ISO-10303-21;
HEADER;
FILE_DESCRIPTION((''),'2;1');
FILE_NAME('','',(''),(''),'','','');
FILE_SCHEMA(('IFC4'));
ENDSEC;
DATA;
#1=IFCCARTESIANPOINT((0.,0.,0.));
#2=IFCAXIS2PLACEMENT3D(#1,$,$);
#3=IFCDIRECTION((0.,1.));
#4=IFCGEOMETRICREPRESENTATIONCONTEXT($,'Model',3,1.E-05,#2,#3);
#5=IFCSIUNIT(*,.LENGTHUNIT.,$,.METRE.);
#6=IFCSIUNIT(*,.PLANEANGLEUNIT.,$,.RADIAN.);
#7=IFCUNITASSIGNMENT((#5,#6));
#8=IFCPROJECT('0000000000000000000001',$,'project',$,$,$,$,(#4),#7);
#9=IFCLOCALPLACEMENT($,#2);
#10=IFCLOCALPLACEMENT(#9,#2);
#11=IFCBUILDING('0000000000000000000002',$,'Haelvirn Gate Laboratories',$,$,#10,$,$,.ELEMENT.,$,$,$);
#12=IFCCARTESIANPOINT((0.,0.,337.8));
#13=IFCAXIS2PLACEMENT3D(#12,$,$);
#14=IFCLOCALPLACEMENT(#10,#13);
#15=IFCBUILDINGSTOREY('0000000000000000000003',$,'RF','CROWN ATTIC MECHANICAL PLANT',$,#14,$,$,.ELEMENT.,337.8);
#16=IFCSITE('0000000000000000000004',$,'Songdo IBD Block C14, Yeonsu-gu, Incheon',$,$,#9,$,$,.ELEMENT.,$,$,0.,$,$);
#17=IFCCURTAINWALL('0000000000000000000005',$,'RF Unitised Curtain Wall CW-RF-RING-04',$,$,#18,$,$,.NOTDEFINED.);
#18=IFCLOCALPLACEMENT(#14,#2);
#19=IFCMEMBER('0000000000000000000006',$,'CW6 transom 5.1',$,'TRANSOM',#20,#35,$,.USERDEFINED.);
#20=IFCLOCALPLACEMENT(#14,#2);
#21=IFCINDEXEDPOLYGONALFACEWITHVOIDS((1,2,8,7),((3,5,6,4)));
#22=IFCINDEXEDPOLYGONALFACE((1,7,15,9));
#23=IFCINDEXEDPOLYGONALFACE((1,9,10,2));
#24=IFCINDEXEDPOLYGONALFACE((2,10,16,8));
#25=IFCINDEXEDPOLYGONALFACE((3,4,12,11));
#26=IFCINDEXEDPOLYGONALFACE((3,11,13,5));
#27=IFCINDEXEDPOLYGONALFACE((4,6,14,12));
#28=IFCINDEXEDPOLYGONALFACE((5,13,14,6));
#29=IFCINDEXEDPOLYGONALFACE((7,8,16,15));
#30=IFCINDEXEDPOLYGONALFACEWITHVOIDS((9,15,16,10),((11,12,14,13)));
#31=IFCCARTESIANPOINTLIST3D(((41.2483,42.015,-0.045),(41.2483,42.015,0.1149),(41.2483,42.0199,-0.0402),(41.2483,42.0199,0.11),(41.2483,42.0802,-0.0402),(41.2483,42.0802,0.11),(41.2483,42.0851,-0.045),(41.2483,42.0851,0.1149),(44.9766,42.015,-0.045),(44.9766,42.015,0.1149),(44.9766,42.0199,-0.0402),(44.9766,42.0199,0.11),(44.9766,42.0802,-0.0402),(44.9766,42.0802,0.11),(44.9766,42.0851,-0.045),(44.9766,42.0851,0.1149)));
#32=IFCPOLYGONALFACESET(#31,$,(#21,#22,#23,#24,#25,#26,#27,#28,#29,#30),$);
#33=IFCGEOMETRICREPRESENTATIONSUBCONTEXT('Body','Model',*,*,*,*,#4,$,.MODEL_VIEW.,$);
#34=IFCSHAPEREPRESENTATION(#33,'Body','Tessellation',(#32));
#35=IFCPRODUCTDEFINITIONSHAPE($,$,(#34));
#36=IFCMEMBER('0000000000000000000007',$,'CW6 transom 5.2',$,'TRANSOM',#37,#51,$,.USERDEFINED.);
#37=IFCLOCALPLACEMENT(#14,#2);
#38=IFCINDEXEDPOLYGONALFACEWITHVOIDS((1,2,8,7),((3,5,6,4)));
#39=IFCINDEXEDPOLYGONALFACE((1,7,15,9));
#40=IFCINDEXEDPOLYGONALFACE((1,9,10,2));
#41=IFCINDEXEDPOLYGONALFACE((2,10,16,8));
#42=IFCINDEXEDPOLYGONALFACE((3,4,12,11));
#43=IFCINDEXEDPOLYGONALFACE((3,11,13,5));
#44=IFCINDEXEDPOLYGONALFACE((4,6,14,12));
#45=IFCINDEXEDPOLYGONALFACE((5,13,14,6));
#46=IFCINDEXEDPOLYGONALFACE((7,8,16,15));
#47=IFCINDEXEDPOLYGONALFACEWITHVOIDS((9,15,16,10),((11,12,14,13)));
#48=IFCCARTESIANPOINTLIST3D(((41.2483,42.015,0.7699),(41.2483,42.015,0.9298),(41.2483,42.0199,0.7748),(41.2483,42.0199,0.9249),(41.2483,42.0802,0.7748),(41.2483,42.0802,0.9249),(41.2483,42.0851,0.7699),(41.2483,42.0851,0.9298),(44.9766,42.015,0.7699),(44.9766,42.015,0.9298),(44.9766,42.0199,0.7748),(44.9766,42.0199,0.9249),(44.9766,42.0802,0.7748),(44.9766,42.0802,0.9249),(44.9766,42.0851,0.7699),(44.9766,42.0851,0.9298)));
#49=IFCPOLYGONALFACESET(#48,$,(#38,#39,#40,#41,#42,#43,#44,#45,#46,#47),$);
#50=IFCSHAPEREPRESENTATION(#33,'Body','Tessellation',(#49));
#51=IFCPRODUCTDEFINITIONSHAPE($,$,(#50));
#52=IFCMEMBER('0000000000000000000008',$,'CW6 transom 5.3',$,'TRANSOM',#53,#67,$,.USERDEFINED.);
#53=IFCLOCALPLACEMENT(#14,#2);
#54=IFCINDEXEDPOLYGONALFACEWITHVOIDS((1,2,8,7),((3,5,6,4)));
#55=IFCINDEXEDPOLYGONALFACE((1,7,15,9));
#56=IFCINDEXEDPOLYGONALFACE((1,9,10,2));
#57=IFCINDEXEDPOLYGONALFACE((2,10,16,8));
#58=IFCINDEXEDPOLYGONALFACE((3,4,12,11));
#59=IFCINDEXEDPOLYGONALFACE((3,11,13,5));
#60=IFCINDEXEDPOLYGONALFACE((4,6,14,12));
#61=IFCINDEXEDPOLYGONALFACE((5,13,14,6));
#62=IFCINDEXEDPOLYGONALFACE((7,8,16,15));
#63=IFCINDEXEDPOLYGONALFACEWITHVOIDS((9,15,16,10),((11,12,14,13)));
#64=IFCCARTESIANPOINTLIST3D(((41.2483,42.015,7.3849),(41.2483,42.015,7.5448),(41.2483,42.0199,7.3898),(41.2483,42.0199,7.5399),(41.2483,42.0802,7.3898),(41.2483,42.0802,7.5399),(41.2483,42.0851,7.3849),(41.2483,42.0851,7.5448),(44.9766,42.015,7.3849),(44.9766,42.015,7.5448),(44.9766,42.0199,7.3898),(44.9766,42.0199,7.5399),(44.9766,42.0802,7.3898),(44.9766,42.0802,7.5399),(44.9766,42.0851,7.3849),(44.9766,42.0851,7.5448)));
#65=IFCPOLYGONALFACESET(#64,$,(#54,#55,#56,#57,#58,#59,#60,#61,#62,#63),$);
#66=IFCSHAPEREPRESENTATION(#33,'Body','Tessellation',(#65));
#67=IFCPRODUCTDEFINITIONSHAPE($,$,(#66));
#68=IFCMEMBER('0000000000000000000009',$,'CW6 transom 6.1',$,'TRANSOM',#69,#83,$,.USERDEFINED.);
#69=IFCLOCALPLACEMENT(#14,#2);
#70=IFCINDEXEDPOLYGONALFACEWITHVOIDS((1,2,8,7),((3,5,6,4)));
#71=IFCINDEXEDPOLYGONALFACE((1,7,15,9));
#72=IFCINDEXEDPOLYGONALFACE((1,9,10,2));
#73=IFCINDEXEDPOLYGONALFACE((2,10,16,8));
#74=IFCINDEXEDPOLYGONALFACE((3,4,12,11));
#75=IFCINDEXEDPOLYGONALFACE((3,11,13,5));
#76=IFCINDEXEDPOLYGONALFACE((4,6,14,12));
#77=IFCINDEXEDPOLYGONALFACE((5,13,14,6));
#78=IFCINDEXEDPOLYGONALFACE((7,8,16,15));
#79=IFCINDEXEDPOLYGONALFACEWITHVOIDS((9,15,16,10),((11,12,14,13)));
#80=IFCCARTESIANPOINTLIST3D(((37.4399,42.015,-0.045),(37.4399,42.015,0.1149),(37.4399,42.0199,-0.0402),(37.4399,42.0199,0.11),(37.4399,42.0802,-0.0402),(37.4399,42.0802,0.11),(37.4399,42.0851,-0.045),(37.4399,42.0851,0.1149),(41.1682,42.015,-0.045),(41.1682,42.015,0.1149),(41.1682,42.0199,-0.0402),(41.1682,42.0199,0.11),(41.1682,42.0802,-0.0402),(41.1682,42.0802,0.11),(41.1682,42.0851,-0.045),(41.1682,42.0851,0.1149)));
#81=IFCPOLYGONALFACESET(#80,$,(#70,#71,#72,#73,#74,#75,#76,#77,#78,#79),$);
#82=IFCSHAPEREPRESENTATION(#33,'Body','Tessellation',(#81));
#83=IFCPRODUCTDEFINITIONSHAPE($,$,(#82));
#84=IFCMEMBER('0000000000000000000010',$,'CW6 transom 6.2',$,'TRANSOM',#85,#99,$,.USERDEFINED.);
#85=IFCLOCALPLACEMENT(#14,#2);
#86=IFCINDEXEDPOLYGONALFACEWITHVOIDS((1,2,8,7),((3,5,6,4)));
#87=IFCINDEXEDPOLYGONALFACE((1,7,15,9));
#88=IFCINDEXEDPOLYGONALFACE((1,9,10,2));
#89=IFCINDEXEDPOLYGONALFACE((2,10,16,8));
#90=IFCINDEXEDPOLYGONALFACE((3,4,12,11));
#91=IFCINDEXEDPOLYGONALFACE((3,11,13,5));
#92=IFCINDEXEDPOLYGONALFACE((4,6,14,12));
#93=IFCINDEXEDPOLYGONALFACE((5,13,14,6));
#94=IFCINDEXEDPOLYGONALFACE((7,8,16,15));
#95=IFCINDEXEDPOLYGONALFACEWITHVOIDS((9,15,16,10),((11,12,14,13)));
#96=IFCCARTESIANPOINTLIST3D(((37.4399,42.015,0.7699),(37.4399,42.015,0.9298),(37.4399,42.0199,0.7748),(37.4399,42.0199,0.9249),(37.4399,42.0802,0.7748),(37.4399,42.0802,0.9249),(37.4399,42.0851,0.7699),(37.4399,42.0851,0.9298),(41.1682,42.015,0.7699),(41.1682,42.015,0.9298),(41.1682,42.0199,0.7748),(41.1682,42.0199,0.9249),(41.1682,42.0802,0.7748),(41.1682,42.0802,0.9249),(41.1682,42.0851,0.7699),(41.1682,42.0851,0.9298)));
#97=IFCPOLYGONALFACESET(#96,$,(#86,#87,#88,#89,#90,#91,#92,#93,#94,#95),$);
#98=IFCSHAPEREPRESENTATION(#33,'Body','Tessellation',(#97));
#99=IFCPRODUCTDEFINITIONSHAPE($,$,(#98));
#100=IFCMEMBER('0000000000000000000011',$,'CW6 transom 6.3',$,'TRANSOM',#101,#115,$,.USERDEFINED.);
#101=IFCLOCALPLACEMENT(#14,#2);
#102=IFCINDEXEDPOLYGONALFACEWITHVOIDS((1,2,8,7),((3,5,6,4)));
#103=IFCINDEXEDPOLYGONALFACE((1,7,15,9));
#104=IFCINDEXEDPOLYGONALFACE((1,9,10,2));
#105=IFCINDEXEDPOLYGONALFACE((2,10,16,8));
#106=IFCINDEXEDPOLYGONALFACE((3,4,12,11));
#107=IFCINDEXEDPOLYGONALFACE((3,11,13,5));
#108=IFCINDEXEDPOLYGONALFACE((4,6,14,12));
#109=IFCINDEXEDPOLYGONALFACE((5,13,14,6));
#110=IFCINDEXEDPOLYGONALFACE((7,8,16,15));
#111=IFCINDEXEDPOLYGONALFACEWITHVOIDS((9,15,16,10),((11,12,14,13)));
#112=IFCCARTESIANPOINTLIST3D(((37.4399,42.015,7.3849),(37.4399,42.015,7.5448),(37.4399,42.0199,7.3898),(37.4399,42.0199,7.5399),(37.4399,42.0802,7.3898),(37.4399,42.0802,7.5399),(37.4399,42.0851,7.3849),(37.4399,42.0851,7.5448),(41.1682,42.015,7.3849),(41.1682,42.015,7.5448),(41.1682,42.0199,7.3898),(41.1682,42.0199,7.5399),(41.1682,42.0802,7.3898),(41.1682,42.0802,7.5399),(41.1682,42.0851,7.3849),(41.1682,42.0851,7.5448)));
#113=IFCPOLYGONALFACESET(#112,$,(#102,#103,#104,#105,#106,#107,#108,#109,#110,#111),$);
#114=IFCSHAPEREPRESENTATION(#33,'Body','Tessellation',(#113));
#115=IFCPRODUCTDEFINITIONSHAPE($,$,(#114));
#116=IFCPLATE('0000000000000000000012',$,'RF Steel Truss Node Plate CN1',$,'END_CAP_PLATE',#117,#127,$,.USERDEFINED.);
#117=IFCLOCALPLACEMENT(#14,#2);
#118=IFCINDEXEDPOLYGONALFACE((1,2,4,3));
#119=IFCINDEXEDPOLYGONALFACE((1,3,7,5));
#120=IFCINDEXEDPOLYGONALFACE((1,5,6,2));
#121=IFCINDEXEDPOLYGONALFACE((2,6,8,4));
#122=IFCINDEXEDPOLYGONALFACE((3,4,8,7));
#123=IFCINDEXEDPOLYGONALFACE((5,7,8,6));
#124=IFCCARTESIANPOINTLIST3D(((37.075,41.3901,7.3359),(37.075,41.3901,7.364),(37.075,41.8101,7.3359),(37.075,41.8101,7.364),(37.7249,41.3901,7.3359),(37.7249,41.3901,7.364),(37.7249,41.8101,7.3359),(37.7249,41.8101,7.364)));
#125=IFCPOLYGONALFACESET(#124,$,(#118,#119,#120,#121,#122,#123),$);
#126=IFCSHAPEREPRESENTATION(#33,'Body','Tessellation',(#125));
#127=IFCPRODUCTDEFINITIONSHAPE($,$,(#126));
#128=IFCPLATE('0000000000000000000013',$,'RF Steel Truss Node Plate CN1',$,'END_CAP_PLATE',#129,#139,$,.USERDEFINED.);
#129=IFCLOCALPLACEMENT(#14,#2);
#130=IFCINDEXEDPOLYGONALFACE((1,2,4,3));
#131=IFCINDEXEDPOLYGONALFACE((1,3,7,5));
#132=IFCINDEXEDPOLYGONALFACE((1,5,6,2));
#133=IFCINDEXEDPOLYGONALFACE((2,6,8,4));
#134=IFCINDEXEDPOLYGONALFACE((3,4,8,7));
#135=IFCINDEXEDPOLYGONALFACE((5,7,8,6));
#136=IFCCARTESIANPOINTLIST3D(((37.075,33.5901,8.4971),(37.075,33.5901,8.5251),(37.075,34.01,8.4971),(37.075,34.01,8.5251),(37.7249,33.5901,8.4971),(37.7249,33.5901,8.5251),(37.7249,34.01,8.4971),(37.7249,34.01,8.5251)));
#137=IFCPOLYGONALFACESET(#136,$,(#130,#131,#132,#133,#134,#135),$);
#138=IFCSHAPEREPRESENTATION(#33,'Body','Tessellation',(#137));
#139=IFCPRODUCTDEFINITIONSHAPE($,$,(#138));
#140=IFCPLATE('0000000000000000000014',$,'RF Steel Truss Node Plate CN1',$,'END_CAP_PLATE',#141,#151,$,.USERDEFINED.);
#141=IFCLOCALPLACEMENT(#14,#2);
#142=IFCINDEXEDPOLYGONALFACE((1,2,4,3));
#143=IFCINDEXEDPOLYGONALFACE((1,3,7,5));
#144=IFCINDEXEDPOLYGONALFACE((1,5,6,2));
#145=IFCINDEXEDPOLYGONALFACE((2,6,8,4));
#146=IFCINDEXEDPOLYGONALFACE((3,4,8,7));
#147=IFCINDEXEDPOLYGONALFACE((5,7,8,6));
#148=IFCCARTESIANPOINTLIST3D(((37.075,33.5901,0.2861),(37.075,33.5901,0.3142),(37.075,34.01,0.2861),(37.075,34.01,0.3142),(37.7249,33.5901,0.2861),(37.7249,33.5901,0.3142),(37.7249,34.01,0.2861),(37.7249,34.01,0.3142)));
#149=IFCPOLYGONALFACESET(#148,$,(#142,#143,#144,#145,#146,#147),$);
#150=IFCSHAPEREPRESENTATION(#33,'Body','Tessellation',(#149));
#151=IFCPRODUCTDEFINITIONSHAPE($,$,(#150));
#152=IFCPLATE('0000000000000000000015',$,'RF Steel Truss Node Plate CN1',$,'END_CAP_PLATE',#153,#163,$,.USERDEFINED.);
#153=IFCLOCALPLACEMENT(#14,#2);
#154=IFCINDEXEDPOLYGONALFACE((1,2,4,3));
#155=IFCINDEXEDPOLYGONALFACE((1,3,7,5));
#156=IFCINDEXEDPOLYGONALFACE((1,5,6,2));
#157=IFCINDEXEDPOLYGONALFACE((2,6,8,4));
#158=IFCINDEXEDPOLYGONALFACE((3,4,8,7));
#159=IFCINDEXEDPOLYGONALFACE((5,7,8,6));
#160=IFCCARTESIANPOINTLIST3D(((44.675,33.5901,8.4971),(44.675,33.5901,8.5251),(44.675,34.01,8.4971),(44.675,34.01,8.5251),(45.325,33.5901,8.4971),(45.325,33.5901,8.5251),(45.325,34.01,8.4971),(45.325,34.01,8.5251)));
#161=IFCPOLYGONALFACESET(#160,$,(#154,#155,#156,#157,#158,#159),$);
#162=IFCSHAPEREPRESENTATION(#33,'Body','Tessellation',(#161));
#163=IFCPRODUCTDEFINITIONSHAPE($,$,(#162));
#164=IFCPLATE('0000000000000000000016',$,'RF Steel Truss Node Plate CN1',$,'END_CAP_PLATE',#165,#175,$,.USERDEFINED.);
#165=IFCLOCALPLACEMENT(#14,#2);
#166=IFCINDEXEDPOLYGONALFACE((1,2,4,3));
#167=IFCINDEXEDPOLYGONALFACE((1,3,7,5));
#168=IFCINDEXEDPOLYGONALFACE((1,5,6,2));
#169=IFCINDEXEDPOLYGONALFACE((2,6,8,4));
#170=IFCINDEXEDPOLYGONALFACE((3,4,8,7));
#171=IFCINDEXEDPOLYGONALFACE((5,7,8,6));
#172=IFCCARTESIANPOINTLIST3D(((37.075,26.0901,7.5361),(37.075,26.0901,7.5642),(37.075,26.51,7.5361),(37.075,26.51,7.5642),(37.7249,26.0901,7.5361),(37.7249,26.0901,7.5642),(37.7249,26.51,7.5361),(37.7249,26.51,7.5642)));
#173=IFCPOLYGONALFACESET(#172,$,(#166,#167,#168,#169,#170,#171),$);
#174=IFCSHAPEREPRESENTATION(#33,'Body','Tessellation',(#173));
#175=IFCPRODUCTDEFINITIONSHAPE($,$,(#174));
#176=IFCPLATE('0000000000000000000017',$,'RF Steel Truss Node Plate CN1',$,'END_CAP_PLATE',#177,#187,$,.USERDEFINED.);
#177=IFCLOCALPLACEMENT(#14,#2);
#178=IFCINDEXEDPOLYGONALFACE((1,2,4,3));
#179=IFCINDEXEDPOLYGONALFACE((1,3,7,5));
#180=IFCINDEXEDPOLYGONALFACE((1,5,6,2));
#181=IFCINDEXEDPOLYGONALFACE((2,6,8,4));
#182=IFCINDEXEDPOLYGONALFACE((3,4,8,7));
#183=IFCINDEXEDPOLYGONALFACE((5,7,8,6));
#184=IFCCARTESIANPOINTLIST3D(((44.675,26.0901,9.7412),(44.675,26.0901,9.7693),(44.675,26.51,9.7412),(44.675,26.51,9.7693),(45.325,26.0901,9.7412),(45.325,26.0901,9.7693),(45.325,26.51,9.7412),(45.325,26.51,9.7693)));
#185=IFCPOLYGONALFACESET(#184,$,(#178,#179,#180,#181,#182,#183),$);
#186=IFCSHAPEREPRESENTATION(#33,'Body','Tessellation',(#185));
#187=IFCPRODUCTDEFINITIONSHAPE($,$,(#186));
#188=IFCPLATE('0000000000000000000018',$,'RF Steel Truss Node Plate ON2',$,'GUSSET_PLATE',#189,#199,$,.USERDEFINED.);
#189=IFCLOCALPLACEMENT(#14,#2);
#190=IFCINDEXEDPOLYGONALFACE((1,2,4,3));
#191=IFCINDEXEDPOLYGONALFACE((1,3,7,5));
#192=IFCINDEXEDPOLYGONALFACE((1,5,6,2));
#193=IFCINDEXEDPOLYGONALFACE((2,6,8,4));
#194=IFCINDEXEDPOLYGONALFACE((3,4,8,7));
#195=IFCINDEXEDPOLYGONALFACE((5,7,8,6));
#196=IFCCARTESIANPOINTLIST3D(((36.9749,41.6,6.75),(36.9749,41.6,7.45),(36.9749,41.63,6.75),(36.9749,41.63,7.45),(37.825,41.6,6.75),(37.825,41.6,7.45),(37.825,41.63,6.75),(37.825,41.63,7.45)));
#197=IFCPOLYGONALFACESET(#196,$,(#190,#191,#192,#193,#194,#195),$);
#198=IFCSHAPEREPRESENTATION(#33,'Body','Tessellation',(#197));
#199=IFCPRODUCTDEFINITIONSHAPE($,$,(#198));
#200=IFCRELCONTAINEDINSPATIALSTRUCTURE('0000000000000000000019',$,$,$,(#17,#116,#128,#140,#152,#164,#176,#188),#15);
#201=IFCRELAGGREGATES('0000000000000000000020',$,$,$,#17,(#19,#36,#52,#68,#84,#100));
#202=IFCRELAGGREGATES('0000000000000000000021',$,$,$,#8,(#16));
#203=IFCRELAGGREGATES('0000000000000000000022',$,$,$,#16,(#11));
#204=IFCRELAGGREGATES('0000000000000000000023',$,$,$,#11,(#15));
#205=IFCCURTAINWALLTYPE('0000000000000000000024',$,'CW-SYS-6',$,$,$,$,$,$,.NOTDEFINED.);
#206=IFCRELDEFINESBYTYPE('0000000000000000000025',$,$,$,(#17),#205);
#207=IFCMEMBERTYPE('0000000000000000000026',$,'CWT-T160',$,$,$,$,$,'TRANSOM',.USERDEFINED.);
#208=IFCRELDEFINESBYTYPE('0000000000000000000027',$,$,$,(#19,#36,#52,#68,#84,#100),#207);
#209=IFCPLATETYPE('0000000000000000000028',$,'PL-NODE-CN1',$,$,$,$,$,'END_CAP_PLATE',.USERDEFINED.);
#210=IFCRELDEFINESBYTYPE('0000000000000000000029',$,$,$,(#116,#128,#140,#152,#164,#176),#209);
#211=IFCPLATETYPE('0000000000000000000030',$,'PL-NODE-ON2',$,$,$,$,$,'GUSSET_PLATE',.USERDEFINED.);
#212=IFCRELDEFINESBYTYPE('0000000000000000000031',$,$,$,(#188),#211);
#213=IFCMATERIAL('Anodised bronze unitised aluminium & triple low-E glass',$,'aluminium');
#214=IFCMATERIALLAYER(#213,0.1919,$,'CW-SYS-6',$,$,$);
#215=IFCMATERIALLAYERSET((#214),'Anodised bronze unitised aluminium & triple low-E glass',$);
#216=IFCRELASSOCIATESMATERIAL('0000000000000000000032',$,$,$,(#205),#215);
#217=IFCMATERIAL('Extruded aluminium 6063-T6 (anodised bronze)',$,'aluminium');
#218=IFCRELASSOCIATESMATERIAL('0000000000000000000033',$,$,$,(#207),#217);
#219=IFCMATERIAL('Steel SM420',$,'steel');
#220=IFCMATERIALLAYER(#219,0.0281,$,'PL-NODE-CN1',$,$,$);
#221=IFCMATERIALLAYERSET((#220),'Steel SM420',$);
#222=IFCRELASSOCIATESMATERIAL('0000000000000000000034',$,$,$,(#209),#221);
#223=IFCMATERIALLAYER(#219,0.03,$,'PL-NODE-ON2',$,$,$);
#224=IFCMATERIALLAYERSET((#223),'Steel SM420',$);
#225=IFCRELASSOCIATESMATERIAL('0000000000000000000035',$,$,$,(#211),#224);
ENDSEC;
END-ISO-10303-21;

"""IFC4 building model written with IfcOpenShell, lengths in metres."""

from ifc_helpers import new_model, si_unit, direction, frame, origin, origin_2d, place, context, subcontext, project, spatial, rectangle, hollow_rectangle, extrude, source, transform, mapped, material, layer, layer_set, material_profile, profile_set, type_object, type_shapes, element, aggregate, save


model = new_model("IFC4")

# Units and contexts
model_context = context("Model", 3, precision=1e-05, world=origin(), true_north=direction((0.0, 1.0)))
body_context = subcontext(model_context, "Body", "Model", "MODEL_VIEW")
ifc_project = project(units=[si_unit("LENGTHUNIT", "METRE"), si_unit("PLANEANGLEUNIT", "RADIAN")], contexts=[model_context])

# Site, building, storey
site_placement = place(None, origin())
site = spatial("IfcSite", under=ifc_project, at=site_placement, Name="Songdo IBD Block C14, Yeonsu-gu, Incheon", CompositionType="ELEMENT", RefElevation=0.0)
building_placement = place(site_placement, origin())
building = spatial("IfcBuilding", under=site, at=building_placement, Name="Haelvirn Gate Laboratories", CompositionType="ELEMENT")
storey_placement = place(building_placement, frame((0.0, 0.0, 337.8)))
storey = spatial("IfcBuildingStorey", under=building, at=storey_placement, Name="RF", Description="CROWN ATTIC MECHANICAL PLANT", CompositionType="ELEMENT", Elevation=337.8)

# Shared definitions
ifc_material_1 = material(Name="Steel SM420", Category="steel")

# Curtain wall, members
ifc_material_2 = material(Name="Anodised bronze unitised aluminium & triple low-E glass", Category="aluminium")
ifc_layer_1 = layer(ifc_material_2, 0.1919, Name="CW-SYS-6")
ifc_layer_set_1 = layer_set([ifc_layer_1], Name="Anodised bronze unitised aluminium & triple low-E glass")
curtain_wall_type = type_object("IfcCurtainWallType", Name="CW-SYS-6", PredefinedType="NOTDEFINED", material=ifc_layer_set_1)
curtain_wall_placement = place(storey_placement, origin())
curtain_wall = element("IfcCurtainWall", 1, at=curtain_wall_placement, inside=storey, type_object=curtain_wall_type, Name="RF Unitised Curtain Wall CW-RF-RING-04", PredefinedType="NOTDEFINED")
ifc_material_3 = material(Name="Extruded aluminium 6063-T6 (anodised bronze)", Category="aluminium")
ifc_material_profile_1 = material_profile(ifc_material_3, hollow_rectangle(XDim=0.0701, YDim=0.1599, WallThickness=0.0049, at=origin_2d()), Name="CWT-160x70x5")
ifc_profile_set_1 = profile_set([ifc_material_profile_1], Name="Extruded aluminium 6063-T6 (anodised bronze)")
member_type_1 = type_object("IfcMemberType", Name="CWT-T160", ElementType="TRANSOM", PredefinedType="USERDEFINED", material=ifc_profile_set_1)
shared_shape_1 = source(origin(), body_context, "Body", "SweptSolid", [
    extrude(hollow_rectangle(XDim=0.0701, YDim=0.1599, WallThickness=0.0049, at=origin_2d()), origin(), (0.0, 0.0, 1.0), 3.7283),
])
type_shapes(member_type_1, [shared_shape_1])
member_1_placement = place(storey_placement, frame((44.9766, 42.05, 0.0349), z_axis=(-1.0, 0.0, 0.0), x_axis=(0.0, -1.0, 0.0)))
member_1 = element("IfcMember", 2, at=member_1_placement, type_object=member_type_1, Name="CW6 transom 5.1", ObjectType="TRANSOM", PredefinedType="USERDEFINED", context=body_context, shape_type="MappedRepresentation", body=[
    mapped(shared_shape_1, transform((0.0, 0.0, 0.0), scale=1.0)),
])
member_2_placement = place(storey_placement, frame((44.9766, 42.05, 0.8499), z_axis=(-1.0, 0.0, 0.0), x_axis=(0.0, -1.0, 0.0)))
member_2 = element("IfcMember", 3, at=member_2_placement, type_object=member_type_1, Name="CW6 transom 5.2", ObjectType="TRANSOM", PredefinedType="USERDEFINED", context=body_context, shape_type="MappedRepresentation", body=[
    mapped(shared_shape_1, transform((0.0, 0.0, 0.0), scale=1.0)),
])
member_3_placement = place(storey_placement, frame((44.9766, 42.05, 7.4648), z_axis=(-1.0, 0.0, 0.0), x_axis=(0.0, -1.0, 0.0)))
member_3 = element("IfcMember", 4, at=member_3_placement, type_object=member_type_1, Name="CW6 transom 5.3", ObjectType="TRANSOM", PredefinedType="USERDEFINED", context=body_context, shape_type="MappedRepresentation", body=[
    mapped(shared_shape_1, transform((0.0, 0.0, 0.0), scale=1.0)),
])
member_4_placement = place(storey_placement, frame((41.1682, 42.05, 0.0349), z_axis=(-1.0, 0.0, 0.0), x_axis=(0.0, -1.0, 0.0)))
member_4 = element("IfcMember", 5, at=member_4_placement, type_object=member_type_1, Name="CW6 transom 6.1", ObjectType="TRANSOM", PredefinedType="USERDEFINED", context=body_context, shape_type="MappedRepresentation", body=[
    mapped(shared_shape_1, transform((0.0, 0.0, 0.0), scale=1.0)),
])
member_5_placement = place(storey_placement, frame((41.1682, 42.05, 0.8499), z_axis=(-1.0, 0.0, 0.0), x_axis=(0.0, -1.0, 0.0)))
member_5 = element("IfcMember", 6, at=member_5_placement, type_object=member_type_1, Name="CW6 transom 6.2", ObjectType="TRANSOM", PredefinedType="USERDEFINED", context=body_context, shape_type="MappedRepresentation", body=[
    mapped(shared_shape_1, transform((0.0, 0.0, 0.0), scale=1.0)),
])
member_6_placement = place(storey_placement, frame((41.1682, 42.05, 7.4648), z_axis=(-1.0, 0.0, 0.0), x_axis=(0.0, -1.0, 0.0)))
member_6 = element("IfcMember", 7, at=member_6_placement, type_object=member_type_1, Name="CW6 transom 6.3", ObjectType="TRANSOM", PredefinedType="USERDEFINED", context=body_context, shape_type="MappedRepresentation", body=[
    mapped(shared_shape_1, transform((0.0, 0.0, 0.0), scale=1.0)),
])

# Plates
ifc_layer_2 = layer(ifc_material_1, 0.0281, Name="PL-NODE-CN1")
ifc_layer_set_2 = layer_set([ifc_layer_2], Name="Steel SM420")
plate_type_1 = type_object("IfcPlateType", Name="PL-NODE-CN1", ElementType="END_CAP_PLATE", PredefinedType="USERDEFINED", material=ifc_layer_set_2)
shared_shape_2 = source(origin(), body_context, "Body", "SweptSolid", [
    extrude(rectangle(XDim=0.6499, YDim=0.4199, at=origin_2d()), origin(), (0.0, 0.0, 1.0), 0.0281),
])
type_shapes(plate_type_1, [shared_shape_2])
for number, where, z_axis, x_axis, name in (
    (8, (37.3999, 41.6001, 7.3359), (0.0, 0.0, 1.0), (1.0, 0.0, 0.0), "RF Steel Truss Node Plate CN1"),
    (9, (37.3999, 33.8, 8.4971), (0.0, 0.0, 1.0), (1.0, 0.0, 0.0), "RF Steel Truss Node Plate CN1"),
    (10, (37.3999, 33.8, 0.2861), (0.0, 0.0, 1.0), (1.0, 0.0, 0.0), "RF Steel Truss Node Plate CN1"),
    (11, (45.0, 33.8, 8.4971), (0.0, 0.0, 1.0), (1.0, 0.0, 0.0), "RF Steel Truss Node Plate CN1"),
    (12, (37.3999, 26.3, 7.5361), (0.0, 0.0, 1.0), (1.0, 0.0, 0.0), "RF Steel Truss Node Plate CN1"),
    (13, (45.0, 26.3, 9.7412), (0.0, 0.0, 1.0), (1.0, 0.0, 0.0), "RF Steel Truss Node Plate CN1"),
):
    element("IfcPlate", number, at=place(storey_placement, frame(where, z_axis=z_axis, x_axis=x_axis)), inside=storey, type_object=plate_type_1, Name=name, ObjectType="END_CAP_PLATE", PredefinedType="USERDEFINED", context=body_context, shape_type="MappedRepresentation", body=[
        mapped(shared_shape_2, transform((0.0, 0.0, 0.0), scale=1.0)),
    ])
ifc_layer_3 = layer(ifc_material_1, 0.03, Name="PL-NODE-ON2")
ifc_layer_set_3 = layer_set([ifc_layer_3], Name="Steel SM420")
plate_type_2 = type_object("IfcPlateType", Name="PL-NODE-ON2", ElementType="GUSSET_PLATE", PredefinedType="USERDEFINED", material=ifc_layer_set_3)
shared_shape_3 = source(origin(), body_context, "Body", "SweptSolid", [
    extrude(rectangle(XDim=0.8501, YDim=0.03, at=origin_2d()), origin(), (0.0, 0.0, 1.0), 0.7),
])
type_shapes(plate_type_2, [shared_shape_3])
plate_1_placement = place(storey_placement, frame((37.3999, 41.615, 6.75), z_axis=(0.0, 0.0, 1.0), x_axis=(1.0, 0.0, 0.0)))
element("IfcPlate", 14, at=plate_1_placement, inside=storey, type_object=plate_type_2, Name="RF Steel Truss Node Plate ON2", ObjectType="GUSSET_PLATE", PredefinedType="USERDEFINED", context=body_context, shape_type="MappedRepresentation", body=[
    mapped(shared_shape_3, transform((0.0, 0.0, 0.0), scale=1.0)),
])

aggregate(curtain_wall, [member_1, member_2, member_3, member_4, member_5, member_6])

save(model, "model.ifc")
